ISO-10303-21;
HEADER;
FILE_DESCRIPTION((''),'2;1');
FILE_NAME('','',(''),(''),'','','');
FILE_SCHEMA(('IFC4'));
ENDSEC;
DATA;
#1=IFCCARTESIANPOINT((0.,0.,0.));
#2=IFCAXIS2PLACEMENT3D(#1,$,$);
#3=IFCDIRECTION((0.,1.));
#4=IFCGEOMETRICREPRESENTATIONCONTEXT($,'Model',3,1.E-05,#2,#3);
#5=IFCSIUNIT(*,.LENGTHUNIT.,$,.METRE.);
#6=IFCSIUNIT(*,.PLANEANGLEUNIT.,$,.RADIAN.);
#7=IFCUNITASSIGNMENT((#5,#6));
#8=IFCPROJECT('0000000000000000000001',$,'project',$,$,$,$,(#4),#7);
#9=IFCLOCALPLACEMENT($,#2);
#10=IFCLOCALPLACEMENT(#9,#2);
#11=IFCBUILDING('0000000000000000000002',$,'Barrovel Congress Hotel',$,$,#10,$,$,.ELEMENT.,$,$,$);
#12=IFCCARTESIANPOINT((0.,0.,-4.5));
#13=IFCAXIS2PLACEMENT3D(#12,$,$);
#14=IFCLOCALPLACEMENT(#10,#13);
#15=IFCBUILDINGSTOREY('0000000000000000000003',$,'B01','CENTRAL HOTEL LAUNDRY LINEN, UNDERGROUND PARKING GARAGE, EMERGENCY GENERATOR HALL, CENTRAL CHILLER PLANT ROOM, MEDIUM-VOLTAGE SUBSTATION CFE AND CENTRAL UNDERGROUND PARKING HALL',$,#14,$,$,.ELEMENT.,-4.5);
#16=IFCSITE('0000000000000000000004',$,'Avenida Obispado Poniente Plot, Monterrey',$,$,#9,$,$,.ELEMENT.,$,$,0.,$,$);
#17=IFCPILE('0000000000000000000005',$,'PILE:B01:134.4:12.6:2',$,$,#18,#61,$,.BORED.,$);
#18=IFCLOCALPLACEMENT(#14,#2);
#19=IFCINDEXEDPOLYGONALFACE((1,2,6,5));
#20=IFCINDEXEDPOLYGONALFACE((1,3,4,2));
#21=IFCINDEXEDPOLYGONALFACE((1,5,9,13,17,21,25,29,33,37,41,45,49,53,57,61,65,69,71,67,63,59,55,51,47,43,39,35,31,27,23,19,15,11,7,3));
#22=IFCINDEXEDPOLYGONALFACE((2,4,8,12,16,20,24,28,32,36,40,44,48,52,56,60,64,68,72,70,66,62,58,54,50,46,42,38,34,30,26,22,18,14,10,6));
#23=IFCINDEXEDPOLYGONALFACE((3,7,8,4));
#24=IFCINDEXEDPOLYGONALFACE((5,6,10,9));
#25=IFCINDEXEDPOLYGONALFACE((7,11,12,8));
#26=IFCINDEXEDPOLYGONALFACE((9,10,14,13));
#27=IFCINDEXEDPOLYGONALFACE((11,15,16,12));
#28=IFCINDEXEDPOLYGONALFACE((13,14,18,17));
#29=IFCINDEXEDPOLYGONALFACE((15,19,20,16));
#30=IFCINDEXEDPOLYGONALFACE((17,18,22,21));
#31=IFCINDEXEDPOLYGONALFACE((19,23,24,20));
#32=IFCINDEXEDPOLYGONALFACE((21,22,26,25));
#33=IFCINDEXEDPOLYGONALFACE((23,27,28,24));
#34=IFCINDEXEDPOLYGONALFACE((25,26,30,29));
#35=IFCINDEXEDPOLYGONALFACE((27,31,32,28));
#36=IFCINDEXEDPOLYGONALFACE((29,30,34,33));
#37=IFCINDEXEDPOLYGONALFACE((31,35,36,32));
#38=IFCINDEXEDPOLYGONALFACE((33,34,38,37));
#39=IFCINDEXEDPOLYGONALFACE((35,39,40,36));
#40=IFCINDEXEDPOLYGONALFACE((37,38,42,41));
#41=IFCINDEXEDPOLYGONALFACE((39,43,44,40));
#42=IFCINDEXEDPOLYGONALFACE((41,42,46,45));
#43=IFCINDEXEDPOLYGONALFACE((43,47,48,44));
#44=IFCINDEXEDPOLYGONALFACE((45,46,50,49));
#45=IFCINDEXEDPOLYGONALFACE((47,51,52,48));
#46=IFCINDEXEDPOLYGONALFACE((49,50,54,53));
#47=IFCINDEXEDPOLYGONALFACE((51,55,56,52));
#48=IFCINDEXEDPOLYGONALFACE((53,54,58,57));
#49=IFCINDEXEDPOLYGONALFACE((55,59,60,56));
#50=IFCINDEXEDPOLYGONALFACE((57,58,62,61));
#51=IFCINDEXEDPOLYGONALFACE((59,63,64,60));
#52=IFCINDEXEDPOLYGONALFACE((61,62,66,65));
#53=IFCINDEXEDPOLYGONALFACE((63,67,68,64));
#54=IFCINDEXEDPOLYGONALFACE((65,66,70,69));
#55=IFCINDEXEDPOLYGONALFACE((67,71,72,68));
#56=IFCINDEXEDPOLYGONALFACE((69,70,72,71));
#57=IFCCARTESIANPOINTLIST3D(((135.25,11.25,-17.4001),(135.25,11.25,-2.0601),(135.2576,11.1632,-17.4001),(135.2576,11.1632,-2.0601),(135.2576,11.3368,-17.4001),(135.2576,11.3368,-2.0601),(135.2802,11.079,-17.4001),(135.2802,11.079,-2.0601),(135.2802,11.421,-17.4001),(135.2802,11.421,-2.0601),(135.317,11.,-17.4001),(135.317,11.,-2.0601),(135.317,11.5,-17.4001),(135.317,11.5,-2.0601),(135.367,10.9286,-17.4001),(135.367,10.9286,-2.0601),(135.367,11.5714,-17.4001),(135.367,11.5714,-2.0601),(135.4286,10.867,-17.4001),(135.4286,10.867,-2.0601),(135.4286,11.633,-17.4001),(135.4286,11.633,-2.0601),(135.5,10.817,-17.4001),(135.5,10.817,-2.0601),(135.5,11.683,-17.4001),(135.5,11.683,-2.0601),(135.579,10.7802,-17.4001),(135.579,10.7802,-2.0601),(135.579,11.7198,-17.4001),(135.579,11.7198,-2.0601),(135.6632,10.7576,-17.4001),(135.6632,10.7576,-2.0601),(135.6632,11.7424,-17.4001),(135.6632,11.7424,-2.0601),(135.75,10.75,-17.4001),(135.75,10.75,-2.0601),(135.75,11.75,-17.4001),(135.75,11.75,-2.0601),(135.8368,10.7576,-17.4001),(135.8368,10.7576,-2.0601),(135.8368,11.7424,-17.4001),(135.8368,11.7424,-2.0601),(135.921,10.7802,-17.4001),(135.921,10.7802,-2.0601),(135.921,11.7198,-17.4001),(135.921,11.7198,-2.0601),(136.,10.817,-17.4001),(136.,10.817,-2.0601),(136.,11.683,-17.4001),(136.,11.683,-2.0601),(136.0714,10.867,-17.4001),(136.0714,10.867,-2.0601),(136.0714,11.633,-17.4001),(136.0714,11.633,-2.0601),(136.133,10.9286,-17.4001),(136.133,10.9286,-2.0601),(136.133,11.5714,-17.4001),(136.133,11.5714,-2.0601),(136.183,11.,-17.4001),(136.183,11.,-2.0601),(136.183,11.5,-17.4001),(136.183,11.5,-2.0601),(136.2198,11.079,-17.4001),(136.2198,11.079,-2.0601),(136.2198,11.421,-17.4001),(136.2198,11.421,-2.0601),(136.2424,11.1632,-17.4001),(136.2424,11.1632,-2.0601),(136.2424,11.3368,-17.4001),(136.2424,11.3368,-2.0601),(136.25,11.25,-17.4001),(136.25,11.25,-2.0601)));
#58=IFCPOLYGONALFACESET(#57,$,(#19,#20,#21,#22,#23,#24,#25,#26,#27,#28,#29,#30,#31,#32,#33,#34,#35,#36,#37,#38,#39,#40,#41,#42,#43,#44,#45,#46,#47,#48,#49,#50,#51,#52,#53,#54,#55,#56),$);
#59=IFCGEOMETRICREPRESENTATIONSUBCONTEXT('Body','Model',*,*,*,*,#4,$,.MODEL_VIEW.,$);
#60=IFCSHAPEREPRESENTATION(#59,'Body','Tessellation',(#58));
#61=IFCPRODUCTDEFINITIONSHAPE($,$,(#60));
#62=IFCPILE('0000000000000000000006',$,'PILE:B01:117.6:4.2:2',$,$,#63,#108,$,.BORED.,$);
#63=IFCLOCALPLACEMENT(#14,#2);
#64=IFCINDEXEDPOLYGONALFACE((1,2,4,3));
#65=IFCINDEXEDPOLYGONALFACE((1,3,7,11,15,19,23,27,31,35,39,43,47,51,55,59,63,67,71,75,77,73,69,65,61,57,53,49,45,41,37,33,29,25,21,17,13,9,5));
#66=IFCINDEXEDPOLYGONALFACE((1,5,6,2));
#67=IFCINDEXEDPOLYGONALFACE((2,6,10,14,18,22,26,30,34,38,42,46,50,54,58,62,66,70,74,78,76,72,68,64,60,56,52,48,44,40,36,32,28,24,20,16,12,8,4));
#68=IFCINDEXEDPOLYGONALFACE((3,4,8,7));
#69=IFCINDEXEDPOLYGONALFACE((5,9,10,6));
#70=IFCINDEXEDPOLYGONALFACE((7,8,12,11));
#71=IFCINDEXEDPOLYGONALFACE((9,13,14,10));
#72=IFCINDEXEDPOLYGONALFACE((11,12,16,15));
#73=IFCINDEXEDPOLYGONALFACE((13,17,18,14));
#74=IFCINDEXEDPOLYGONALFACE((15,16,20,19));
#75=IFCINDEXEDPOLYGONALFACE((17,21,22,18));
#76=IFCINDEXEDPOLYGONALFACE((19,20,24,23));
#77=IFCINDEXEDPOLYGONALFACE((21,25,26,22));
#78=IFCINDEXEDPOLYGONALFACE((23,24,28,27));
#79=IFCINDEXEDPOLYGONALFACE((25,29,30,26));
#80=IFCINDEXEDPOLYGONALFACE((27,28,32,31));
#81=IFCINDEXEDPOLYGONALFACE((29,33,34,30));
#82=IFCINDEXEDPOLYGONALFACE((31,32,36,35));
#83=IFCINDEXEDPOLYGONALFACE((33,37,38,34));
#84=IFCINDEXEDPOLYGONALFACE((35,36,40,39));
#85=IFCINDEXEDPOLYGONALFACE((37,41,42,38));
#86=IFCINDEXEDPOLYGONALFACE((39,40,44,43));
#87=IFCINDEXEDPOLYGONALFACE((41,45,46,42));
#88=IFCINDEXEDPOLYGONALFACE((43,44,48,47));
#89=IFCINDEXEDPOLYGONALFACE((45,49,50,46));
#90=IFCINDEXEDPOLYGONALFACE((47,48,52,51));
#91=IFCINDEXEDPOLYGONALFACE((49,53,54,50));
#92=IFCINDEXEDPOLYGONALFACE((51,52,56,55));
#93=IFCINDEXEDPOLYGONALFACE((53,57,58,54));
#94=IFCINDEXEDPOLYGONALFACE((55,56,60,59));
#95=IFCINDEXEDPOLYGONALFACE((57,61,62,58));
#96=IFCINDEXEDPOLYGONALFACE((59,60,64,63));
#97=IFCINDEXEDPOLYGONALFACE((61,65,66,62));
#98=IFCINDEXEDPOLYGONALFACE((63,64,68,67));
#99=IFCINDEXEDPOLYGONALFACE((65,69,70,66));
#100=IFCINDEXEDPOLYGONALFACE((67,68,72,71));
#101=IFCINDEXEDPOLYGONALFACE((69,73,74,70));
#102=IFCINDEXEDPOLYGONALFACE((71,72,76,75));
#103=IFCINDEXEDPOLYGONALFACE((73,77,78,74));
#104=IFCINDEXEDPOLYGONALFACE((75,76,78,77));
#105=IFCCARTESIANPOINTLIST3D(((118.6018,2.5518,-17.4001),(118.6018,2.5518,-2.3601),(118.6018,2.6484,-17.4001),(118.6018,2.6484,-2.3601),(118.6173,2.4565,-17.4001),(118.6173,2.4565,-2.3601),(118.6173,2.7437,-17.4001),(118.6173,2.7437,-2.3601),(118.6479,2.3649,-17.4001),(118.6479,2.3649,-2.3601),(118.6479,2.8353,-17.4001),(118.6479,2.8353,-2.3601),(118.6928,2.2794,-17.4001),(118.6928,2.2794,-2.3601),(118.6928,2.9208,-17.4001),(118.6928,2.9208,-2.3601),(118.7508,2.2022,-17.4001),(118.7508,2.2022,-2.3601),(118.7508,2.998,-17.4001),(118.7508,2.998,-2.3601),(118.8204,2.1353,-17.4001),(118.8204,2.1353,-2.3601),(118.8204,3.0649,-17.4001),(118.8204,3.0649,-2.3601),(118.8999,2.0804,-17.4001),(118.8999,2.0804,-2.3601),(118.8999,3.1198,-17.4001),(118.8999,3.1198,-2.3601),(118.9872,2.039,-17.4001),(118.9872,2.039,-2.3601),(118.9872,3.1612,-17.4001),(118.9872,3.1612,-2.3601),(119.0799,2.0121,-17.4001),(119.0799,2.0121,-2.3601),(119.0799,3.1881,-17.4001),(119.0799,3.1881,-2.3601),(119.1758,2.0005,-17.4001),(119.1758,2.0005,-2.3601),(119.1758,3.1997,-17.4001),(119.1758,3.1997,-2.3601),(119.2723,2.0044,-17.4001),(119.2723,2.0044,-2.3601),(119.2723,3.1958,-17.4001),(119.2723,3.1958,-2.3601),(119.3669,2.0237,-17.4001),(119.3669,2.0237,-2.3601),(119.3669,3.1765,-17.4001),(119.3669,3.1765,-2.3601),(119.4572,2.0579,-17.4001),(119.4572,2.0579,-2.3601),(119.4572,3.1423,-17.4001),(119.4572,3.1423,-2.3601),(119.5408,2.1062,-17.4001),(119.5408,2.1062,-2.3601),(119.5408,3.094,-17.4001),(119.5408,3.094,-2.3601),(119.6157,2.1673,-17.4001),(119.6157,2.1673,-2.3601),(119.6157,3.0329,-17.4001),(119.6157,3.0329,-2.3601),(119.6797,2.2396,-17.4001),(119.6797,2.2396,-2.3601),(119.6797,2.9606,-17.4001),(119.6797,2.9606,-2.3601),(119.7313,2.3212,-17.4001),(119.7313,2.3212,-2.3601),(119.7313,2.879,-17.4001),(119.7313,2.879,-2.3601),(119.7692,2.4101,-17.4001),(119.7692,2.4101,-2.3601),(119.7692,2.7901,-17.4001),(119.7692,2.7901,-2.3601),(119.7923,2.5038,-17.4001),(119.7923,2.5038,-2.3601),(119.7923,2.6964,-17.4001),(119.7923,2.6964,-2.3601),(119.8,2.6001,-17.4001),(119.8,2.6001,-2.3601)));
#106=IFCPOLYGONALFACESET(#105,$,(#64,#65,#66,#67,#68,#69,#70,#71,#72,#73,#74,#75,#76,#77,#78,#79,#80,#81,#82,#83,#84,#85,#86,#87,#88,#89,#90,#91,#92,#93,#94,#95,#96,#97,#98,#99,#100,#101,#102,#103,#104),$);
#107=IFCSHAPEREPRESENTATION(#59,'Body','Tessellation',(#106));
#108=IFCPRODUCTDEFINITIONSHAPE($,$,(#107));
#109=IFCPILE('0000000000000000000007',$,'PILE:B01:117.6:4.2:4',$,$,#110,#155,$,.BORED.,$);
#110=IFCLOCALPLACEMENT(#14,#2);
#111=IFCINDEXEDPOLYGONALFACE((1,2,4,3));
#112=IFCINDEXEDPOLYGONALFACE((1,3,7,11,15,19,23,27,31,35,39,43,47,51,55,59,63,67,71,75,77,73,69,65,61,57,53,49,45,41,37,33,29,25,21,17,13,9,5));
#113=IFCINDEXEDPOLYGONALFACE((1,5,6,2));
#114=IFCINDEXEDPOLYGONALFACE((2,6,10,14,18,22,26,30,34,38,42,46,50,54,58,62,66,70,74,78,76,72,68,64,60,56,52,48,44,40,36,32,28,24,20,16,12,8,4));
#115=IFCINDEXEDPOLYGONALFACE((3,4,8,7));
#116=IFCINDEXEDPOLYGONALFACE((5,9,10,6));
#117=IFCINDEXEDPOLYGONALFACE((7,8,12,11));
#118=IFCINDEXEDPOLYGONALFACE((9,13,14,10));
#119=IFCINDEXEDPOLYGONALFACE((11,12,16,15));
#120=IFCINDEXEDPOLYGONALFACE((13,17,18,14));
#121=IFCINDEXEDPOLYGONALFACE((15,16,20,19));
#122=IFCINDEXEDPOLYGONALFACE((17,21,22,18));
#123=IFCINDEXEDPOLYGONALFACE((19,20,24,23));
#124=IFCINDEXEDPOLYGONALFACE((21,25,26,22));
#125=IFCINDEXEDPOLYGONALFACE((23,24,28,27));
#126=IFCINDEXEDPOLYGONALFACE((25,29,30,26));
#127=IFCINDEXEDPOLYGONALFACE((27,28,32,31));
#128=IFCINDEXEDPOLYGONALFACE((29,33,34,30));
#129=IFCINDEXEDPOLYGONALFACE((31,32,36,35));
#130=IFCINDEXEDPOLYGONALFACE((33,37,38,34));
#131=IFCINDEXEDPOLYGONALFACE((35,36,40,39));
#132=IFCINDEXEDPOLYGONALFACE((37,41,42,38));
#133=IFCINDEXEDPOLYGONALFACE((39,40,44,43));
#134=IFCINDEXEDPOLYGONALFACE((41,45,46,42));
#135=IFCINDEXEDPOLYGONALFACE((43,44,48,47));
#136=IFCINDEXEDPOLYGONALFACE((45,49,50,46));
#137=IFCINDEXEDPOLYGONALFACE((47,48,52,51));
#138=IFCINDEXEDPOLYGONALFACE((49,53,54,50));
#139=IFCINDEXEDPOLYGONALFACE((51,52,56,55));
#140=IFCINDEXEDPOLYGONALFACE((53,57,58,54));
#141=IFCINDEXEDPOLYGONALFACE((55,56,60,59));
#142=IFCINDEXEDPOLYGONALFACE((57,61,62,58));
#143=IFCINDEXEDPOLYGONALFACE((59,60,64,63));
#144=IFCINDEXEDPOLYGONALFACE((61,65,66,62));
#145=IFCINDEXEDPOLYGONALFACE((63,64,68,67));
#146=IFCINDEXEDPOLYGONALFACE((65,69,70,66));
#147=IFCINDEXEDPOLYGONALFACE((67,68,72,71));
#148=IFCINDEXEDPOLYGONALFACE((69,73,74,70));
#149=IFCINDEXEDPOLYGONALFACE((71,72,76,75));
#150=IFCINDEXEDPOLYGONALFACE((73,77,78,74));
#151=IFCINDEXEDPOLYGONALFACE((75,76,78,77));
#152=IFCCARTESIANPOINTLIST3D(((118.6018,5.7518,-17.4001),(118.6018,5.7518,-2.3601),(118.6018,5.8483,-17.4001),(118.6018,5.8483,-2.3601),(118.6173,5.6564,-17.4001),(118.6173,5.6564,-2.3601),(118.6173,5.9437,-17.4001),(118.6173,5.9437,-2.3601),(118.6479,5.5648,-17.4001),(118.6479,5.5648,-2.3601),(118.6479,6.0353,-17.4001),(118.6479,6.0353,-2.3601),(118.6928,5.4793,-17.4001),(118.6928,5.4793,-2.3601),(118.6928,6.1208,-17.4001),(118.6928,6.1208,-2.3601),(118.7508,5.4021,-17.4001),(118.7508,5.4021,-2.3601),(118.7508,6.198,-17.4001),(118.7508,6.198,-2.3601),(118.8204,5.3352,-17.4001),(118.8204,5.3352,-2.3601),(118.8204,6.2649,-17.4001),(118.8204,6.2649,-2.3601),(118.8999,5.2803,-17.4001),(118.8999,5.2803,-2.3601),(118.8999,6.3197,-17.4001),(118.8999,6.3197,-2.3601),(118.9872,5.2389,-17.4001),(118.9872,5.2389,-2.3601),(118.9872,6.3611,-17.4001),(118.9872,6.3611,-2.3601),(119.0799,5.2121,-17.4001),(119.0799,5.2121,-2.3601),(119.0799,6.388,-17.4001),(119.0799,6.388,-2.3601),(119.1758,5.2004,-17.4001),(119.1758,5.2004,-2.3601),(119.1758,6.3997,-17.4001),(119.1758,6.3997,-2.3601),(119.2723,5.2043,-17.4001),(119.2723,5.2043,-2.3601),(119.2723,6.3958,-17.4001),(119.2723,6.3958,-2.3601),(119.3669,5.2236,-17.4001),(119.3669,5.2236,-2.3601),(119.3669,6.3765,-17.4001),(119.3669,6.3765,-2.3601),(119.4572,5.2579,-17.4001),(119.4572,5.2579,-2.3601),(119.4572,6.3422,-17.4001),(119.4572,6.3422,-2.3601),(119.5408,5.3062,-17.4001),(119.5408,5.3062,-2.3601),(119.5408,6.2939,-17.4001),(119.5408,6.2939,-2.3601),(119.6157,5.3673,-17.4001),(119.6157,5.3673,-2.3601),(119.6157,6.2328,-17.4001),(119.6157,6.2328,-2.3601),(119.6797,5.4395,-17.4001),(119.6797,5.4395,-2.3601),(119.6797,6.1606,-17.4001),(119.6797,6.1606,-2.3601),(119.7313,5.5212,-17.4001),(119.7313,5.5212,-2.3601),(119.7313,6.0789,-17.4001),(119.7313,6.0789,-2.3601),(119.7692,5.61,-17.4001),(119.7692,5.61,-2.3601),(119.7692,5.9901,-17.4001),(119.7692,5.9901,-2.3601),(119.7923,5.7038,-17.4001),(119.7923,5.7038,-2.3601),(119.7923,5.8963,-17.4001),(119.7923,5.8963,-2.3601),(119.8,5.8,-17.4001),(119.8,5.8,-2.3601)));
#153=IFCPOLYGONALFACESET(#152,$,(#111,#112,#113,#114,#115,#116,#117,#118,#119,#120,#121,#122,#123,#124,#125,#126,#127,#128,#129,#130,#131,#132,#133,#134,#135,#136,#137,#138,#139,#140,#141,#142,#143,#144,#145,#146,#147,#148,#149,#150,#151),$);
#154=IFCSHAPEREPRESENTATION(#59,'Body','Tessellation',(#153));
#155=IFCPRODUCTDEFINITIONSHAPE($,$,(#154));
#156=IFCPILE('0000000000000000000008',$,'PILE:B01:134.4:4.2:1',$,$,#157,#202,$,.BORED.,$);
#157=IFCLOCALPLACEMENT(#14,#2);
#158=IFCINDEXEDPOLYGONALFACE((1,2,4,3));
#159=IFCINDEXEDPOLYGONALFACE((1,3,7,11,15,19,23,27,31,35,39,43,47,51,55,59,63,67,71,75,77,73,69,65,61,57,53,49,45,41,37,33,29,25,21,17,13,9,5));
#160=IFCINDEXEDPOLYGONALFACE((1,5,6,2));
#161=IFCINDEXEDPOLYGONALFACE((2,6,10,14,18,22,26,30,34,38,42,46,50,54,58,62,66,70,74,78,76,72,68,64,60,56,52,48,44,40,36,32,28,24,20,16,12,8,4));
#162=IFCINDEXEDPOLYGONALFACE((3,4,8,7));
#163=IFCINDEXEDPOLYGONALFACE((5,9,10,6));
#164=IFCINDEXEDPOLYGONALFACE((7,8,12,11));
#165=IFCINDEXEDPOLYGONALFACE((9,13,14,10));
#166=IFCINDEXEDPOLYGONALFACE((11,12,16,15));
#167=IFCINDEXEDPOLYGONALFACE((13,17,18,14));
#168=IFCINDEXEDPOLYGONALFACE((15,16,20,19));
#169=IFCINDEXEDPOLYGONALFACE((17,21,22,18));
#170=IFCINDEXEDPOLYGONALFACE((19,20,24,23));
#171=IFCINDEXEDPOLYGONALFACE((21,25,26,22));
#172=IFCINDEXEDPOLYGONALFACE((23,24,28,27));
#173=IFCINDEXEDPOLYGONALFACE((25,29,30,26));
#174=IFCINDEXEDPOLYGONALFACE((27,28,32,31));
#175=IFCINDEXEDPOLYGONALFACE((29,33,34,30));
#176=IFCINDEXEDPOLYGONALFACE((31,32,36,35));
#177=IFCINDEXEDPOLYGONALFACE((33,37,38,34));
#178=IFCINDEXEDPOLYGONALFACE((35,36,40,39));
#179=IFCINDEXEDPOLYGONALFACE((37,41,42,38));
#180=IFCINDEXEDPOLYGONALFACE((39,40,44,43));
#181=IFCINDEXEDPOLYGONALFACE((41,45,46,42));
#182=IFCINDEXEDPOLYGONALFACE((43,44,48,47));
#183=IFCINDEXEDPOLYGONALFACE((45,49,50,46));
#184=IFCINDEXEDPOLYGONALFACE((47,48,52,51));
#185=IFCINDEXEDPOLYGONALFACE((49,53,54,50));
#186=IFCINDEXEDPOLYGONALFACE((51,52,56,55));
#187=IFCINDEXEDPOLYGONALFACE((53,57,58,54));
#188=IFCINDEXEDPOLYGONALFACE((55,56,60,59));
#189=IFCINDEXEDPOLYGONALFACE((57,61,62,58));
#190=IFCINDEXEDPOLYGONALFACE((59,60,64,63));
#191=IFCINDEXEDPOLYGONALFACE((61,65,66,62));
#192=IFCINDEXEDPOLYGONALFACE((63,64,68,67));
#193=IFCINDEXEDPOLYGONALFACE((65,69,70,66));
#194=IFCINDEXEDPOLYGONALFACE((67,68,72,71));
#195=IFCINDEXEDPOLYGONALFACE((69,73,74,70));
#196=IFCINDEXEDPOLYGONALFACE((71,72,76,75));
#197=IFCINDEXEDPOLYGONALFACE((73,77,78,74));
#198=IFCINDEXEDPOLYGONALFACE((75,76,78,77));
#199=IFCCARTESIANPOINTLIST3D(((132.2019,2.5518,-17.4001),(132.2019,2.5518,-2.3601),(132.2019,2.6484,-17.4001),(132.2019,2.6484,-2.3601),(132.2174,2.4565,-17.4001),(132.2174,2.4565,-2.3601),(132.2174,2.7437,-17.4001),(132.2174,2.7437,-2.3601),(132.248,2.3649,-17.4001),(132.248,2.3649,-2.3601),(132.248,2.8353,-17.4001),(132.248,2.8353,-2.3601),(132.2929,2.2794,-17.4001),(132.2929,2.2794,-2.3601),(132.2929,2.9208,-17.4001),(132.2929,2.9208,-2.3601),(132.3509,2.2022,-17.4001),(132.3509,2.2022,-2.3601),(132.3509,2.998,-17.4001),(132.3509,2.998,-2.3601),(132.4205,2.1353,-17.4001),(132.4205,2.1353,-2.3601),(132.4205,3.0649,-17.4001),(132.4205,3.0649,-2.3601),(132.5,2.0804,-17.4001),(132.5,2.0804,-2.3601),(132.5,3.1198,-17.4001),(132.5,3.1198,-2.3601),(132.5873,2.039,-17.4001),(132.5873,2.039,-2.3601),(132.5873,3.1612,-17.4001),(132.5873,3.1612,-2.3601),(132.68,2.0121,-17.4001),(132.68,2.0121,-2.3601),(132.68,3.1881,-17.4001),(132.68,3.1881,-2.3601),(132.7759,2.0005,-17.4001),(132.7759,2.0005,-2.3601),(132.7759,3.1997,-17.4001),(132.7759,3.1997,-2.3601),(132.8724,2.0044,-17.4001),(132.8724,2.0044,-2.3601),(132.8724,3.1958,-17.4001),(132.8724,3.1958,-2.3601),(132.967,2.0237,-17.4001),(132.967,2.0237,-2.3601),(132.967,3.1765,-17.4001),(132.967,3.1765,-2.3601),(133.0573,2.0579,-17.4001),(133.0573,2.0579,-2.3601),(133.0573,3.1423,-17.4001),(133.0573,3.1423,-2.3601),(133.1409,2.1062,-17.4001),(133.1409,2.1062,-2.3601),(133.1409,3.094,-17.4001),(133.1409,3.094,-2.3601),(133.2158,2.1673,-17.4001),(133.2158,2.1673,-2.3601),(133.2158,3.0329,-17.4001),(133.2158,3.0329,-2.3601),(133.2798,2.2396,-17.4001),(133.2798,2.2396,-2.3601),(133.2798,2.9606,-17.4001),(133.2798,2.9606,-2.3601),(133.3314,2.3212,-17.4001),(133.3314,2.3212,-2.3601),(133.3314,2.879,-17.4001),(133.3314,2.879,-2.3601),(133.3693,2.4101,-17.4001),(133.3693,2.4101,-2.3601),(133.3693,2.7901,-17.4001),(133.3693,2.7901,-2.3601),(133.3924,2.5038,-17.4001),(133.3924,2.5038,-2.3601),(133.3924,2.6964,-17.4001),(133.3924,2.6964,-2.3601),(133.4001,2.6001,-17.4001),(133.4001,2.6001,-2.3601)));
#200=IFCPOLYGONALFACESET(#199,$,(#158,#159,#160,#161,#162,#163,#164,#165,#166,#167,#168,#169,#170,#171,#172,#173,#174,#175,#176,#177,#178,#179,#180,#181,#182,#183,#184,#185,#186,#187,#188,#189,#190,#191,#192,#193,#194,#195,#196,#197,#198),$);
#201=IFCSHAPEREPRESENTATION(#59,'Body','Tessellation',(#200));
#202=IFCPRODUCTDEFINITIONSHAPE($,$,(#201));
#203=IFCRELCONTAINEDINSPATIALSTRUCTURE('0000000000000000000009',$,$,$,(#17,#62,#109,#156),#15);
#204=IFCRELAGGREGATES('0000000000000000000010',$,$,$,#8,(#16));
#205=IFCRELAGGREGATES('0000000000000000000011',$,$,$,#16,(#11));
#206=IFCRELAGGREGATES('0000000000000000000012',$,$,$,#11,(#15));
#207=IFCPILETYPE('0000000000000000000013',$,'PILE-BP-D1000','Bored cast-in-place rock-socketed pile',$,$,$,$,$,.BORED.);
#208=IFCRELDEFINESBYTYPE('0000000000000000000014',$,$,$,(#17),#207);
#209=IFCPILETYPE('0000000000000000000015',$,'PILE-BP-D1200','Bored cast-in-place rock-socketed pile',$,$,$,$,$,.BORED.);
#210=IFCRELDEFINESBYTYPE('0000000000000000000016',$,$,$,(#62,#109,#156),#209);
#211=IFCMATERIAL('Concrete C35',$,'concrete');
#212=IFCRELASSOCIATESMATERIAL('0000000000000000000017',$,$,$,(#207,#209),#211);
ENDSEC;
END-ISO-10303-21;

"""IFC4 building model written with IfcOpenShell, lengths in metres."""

from ifc_helpers import new_model, si_unit, direction, frame, origin, origin_2d, place, context, subcontext, project, spatial, circle, extrude, material, material_profile, profile_set, type_object, element, save


model = new_model("IFC4")

# Units and contexts
model_context = context("Model", 3, precision=1e-05, world=origin(), true_north=direction((0.0, 1.0)))
body_context = subcontext(model_context, "Body", "Model", "MODEL_VIEW")
ifc_project = project(units=[si_unit("LENGTHUNIT", "METRE"), si_unit("PLANEANGLEUNIT", "RADIAN")], contexts=[model_context])

# Site, building, storey
site_placement = place(None, origin())
site = spatial("IfcSite", under=ifc_project, at=site_placement, Name="Avenida Obispado Poniente Plot, Monterrey", CompositionType="ELEMENT", RefElevation=0.0)
building_placement = place(site_placement, origin())
building = spatial("IfcBuilding", under=site, at=building_placement, Name="Barrovel Congress Hotel", CompositionType="ELEMENT")
storey_placement = place(building_placement, frame((0.0, 0.0, -4.5)))
storey = spatial("IfcBuildingStorey", under=building, at=storey_placement, Name="B01", Description="CENTRAL HOTEL LAUNDRY LINEN, UNDERGROUND PARKING GARAGE, EMERGENCY GENERATOR HALL, CENTRAL CHILLER PLANT ROOM, MEDIUM-VOLTAGE SUBSTATION CFE AND CENTRAL UNDERGROUND PARKING HALL", CompositionType="ELEMENT", Elevation=-4.5)

# Piles
ifc_material_1 = material(Name="Concrete C35", Category="concrete")
ifc_material_profile_1 = material_profile(ifc_material_1, circle(Radius=0.5, at=origin_2d()), Name="BP-D1000")
ifc_profile_set_1 = profile_set([ifc_material_profile_1], Name="Concrete C35")
pile_type_1 = type_object("IfcPileType", Name="PILE-BP-D1000", Description="Bored cast-in-place rock-socketed pile", PredefinedType="BORED", material=ifc_profile_set_1)
for number, where, z_axis, x_axis, name in (
    (1, (135.75, 11.25, -2.0601), (0.0, 0.0, -1.0), (1.0, 0.0, 0.0), "PILE:B01:134.4:12.6:2"),
):
    element("IfcPile", number, at=place(storey_placement, frame(where, z_axis=z_axis, x_axis=x_axis)), inside=storey, type_object=pile_type_1, Name=name, PredefinedType="BORED", context=body_context, shape_type="SweptSolid", body=[
        extrude(circle(Radius=0.5, at=origin_2d()), origin(), (0.0, 0.0, 1.0), 15.3401),
    ])
ifc_material_profile_2 = material_profile(ifc_material_1, circle(Radius=0.6001, at=origin_2d()), Name="BP-D1200")
ifc_profile_set_2 = profile_set([ifc_material_profile_2], Name="Concrete C35")
pile_type_2 = type_object("IfcPileType", Name="PILE-BP-D1200", Description="Bored cast-in-place rock-socketed pile", PredefinedType="BORED", material=ifc_profile_set_2)
for number, where, z_axis, x_axis, name in (
    (2, (119.2, 2.6001, -2.3601), (0.0, 0.0, -1.0), (1.0, 0.0, 0.0), "PILE:B01:117.6:4.2:2"),
    (3, (119.2, 5.8, -2.3601), (0.0, 0.0, -1.0), (1.0, 0.0, 0.0), "PILE:B01:117.6:4.2:4"),
    (4, (132.8, 2.6001, -2.3601), (0.0, 0.0, -1.0), (1.0, 0.0, 0.0), "PILE:B01:134.4:4.2:1"),
):
    element("IfcPile", number, at=place(storey_placement, frame(where, z_axis=z_axis, x_axis=x_axis)), inside=storey, type_object=pile_type_2, Name=name, PredefinedType="BORED", context=body_context, shape_type="SweptSolid", body=[
        extrude(circle(Radius=0.6001, at=origin_2d()), origin(), (0.0, 0.0, 1.0), 15.04),
    ])

save(model, "model.ifc")
